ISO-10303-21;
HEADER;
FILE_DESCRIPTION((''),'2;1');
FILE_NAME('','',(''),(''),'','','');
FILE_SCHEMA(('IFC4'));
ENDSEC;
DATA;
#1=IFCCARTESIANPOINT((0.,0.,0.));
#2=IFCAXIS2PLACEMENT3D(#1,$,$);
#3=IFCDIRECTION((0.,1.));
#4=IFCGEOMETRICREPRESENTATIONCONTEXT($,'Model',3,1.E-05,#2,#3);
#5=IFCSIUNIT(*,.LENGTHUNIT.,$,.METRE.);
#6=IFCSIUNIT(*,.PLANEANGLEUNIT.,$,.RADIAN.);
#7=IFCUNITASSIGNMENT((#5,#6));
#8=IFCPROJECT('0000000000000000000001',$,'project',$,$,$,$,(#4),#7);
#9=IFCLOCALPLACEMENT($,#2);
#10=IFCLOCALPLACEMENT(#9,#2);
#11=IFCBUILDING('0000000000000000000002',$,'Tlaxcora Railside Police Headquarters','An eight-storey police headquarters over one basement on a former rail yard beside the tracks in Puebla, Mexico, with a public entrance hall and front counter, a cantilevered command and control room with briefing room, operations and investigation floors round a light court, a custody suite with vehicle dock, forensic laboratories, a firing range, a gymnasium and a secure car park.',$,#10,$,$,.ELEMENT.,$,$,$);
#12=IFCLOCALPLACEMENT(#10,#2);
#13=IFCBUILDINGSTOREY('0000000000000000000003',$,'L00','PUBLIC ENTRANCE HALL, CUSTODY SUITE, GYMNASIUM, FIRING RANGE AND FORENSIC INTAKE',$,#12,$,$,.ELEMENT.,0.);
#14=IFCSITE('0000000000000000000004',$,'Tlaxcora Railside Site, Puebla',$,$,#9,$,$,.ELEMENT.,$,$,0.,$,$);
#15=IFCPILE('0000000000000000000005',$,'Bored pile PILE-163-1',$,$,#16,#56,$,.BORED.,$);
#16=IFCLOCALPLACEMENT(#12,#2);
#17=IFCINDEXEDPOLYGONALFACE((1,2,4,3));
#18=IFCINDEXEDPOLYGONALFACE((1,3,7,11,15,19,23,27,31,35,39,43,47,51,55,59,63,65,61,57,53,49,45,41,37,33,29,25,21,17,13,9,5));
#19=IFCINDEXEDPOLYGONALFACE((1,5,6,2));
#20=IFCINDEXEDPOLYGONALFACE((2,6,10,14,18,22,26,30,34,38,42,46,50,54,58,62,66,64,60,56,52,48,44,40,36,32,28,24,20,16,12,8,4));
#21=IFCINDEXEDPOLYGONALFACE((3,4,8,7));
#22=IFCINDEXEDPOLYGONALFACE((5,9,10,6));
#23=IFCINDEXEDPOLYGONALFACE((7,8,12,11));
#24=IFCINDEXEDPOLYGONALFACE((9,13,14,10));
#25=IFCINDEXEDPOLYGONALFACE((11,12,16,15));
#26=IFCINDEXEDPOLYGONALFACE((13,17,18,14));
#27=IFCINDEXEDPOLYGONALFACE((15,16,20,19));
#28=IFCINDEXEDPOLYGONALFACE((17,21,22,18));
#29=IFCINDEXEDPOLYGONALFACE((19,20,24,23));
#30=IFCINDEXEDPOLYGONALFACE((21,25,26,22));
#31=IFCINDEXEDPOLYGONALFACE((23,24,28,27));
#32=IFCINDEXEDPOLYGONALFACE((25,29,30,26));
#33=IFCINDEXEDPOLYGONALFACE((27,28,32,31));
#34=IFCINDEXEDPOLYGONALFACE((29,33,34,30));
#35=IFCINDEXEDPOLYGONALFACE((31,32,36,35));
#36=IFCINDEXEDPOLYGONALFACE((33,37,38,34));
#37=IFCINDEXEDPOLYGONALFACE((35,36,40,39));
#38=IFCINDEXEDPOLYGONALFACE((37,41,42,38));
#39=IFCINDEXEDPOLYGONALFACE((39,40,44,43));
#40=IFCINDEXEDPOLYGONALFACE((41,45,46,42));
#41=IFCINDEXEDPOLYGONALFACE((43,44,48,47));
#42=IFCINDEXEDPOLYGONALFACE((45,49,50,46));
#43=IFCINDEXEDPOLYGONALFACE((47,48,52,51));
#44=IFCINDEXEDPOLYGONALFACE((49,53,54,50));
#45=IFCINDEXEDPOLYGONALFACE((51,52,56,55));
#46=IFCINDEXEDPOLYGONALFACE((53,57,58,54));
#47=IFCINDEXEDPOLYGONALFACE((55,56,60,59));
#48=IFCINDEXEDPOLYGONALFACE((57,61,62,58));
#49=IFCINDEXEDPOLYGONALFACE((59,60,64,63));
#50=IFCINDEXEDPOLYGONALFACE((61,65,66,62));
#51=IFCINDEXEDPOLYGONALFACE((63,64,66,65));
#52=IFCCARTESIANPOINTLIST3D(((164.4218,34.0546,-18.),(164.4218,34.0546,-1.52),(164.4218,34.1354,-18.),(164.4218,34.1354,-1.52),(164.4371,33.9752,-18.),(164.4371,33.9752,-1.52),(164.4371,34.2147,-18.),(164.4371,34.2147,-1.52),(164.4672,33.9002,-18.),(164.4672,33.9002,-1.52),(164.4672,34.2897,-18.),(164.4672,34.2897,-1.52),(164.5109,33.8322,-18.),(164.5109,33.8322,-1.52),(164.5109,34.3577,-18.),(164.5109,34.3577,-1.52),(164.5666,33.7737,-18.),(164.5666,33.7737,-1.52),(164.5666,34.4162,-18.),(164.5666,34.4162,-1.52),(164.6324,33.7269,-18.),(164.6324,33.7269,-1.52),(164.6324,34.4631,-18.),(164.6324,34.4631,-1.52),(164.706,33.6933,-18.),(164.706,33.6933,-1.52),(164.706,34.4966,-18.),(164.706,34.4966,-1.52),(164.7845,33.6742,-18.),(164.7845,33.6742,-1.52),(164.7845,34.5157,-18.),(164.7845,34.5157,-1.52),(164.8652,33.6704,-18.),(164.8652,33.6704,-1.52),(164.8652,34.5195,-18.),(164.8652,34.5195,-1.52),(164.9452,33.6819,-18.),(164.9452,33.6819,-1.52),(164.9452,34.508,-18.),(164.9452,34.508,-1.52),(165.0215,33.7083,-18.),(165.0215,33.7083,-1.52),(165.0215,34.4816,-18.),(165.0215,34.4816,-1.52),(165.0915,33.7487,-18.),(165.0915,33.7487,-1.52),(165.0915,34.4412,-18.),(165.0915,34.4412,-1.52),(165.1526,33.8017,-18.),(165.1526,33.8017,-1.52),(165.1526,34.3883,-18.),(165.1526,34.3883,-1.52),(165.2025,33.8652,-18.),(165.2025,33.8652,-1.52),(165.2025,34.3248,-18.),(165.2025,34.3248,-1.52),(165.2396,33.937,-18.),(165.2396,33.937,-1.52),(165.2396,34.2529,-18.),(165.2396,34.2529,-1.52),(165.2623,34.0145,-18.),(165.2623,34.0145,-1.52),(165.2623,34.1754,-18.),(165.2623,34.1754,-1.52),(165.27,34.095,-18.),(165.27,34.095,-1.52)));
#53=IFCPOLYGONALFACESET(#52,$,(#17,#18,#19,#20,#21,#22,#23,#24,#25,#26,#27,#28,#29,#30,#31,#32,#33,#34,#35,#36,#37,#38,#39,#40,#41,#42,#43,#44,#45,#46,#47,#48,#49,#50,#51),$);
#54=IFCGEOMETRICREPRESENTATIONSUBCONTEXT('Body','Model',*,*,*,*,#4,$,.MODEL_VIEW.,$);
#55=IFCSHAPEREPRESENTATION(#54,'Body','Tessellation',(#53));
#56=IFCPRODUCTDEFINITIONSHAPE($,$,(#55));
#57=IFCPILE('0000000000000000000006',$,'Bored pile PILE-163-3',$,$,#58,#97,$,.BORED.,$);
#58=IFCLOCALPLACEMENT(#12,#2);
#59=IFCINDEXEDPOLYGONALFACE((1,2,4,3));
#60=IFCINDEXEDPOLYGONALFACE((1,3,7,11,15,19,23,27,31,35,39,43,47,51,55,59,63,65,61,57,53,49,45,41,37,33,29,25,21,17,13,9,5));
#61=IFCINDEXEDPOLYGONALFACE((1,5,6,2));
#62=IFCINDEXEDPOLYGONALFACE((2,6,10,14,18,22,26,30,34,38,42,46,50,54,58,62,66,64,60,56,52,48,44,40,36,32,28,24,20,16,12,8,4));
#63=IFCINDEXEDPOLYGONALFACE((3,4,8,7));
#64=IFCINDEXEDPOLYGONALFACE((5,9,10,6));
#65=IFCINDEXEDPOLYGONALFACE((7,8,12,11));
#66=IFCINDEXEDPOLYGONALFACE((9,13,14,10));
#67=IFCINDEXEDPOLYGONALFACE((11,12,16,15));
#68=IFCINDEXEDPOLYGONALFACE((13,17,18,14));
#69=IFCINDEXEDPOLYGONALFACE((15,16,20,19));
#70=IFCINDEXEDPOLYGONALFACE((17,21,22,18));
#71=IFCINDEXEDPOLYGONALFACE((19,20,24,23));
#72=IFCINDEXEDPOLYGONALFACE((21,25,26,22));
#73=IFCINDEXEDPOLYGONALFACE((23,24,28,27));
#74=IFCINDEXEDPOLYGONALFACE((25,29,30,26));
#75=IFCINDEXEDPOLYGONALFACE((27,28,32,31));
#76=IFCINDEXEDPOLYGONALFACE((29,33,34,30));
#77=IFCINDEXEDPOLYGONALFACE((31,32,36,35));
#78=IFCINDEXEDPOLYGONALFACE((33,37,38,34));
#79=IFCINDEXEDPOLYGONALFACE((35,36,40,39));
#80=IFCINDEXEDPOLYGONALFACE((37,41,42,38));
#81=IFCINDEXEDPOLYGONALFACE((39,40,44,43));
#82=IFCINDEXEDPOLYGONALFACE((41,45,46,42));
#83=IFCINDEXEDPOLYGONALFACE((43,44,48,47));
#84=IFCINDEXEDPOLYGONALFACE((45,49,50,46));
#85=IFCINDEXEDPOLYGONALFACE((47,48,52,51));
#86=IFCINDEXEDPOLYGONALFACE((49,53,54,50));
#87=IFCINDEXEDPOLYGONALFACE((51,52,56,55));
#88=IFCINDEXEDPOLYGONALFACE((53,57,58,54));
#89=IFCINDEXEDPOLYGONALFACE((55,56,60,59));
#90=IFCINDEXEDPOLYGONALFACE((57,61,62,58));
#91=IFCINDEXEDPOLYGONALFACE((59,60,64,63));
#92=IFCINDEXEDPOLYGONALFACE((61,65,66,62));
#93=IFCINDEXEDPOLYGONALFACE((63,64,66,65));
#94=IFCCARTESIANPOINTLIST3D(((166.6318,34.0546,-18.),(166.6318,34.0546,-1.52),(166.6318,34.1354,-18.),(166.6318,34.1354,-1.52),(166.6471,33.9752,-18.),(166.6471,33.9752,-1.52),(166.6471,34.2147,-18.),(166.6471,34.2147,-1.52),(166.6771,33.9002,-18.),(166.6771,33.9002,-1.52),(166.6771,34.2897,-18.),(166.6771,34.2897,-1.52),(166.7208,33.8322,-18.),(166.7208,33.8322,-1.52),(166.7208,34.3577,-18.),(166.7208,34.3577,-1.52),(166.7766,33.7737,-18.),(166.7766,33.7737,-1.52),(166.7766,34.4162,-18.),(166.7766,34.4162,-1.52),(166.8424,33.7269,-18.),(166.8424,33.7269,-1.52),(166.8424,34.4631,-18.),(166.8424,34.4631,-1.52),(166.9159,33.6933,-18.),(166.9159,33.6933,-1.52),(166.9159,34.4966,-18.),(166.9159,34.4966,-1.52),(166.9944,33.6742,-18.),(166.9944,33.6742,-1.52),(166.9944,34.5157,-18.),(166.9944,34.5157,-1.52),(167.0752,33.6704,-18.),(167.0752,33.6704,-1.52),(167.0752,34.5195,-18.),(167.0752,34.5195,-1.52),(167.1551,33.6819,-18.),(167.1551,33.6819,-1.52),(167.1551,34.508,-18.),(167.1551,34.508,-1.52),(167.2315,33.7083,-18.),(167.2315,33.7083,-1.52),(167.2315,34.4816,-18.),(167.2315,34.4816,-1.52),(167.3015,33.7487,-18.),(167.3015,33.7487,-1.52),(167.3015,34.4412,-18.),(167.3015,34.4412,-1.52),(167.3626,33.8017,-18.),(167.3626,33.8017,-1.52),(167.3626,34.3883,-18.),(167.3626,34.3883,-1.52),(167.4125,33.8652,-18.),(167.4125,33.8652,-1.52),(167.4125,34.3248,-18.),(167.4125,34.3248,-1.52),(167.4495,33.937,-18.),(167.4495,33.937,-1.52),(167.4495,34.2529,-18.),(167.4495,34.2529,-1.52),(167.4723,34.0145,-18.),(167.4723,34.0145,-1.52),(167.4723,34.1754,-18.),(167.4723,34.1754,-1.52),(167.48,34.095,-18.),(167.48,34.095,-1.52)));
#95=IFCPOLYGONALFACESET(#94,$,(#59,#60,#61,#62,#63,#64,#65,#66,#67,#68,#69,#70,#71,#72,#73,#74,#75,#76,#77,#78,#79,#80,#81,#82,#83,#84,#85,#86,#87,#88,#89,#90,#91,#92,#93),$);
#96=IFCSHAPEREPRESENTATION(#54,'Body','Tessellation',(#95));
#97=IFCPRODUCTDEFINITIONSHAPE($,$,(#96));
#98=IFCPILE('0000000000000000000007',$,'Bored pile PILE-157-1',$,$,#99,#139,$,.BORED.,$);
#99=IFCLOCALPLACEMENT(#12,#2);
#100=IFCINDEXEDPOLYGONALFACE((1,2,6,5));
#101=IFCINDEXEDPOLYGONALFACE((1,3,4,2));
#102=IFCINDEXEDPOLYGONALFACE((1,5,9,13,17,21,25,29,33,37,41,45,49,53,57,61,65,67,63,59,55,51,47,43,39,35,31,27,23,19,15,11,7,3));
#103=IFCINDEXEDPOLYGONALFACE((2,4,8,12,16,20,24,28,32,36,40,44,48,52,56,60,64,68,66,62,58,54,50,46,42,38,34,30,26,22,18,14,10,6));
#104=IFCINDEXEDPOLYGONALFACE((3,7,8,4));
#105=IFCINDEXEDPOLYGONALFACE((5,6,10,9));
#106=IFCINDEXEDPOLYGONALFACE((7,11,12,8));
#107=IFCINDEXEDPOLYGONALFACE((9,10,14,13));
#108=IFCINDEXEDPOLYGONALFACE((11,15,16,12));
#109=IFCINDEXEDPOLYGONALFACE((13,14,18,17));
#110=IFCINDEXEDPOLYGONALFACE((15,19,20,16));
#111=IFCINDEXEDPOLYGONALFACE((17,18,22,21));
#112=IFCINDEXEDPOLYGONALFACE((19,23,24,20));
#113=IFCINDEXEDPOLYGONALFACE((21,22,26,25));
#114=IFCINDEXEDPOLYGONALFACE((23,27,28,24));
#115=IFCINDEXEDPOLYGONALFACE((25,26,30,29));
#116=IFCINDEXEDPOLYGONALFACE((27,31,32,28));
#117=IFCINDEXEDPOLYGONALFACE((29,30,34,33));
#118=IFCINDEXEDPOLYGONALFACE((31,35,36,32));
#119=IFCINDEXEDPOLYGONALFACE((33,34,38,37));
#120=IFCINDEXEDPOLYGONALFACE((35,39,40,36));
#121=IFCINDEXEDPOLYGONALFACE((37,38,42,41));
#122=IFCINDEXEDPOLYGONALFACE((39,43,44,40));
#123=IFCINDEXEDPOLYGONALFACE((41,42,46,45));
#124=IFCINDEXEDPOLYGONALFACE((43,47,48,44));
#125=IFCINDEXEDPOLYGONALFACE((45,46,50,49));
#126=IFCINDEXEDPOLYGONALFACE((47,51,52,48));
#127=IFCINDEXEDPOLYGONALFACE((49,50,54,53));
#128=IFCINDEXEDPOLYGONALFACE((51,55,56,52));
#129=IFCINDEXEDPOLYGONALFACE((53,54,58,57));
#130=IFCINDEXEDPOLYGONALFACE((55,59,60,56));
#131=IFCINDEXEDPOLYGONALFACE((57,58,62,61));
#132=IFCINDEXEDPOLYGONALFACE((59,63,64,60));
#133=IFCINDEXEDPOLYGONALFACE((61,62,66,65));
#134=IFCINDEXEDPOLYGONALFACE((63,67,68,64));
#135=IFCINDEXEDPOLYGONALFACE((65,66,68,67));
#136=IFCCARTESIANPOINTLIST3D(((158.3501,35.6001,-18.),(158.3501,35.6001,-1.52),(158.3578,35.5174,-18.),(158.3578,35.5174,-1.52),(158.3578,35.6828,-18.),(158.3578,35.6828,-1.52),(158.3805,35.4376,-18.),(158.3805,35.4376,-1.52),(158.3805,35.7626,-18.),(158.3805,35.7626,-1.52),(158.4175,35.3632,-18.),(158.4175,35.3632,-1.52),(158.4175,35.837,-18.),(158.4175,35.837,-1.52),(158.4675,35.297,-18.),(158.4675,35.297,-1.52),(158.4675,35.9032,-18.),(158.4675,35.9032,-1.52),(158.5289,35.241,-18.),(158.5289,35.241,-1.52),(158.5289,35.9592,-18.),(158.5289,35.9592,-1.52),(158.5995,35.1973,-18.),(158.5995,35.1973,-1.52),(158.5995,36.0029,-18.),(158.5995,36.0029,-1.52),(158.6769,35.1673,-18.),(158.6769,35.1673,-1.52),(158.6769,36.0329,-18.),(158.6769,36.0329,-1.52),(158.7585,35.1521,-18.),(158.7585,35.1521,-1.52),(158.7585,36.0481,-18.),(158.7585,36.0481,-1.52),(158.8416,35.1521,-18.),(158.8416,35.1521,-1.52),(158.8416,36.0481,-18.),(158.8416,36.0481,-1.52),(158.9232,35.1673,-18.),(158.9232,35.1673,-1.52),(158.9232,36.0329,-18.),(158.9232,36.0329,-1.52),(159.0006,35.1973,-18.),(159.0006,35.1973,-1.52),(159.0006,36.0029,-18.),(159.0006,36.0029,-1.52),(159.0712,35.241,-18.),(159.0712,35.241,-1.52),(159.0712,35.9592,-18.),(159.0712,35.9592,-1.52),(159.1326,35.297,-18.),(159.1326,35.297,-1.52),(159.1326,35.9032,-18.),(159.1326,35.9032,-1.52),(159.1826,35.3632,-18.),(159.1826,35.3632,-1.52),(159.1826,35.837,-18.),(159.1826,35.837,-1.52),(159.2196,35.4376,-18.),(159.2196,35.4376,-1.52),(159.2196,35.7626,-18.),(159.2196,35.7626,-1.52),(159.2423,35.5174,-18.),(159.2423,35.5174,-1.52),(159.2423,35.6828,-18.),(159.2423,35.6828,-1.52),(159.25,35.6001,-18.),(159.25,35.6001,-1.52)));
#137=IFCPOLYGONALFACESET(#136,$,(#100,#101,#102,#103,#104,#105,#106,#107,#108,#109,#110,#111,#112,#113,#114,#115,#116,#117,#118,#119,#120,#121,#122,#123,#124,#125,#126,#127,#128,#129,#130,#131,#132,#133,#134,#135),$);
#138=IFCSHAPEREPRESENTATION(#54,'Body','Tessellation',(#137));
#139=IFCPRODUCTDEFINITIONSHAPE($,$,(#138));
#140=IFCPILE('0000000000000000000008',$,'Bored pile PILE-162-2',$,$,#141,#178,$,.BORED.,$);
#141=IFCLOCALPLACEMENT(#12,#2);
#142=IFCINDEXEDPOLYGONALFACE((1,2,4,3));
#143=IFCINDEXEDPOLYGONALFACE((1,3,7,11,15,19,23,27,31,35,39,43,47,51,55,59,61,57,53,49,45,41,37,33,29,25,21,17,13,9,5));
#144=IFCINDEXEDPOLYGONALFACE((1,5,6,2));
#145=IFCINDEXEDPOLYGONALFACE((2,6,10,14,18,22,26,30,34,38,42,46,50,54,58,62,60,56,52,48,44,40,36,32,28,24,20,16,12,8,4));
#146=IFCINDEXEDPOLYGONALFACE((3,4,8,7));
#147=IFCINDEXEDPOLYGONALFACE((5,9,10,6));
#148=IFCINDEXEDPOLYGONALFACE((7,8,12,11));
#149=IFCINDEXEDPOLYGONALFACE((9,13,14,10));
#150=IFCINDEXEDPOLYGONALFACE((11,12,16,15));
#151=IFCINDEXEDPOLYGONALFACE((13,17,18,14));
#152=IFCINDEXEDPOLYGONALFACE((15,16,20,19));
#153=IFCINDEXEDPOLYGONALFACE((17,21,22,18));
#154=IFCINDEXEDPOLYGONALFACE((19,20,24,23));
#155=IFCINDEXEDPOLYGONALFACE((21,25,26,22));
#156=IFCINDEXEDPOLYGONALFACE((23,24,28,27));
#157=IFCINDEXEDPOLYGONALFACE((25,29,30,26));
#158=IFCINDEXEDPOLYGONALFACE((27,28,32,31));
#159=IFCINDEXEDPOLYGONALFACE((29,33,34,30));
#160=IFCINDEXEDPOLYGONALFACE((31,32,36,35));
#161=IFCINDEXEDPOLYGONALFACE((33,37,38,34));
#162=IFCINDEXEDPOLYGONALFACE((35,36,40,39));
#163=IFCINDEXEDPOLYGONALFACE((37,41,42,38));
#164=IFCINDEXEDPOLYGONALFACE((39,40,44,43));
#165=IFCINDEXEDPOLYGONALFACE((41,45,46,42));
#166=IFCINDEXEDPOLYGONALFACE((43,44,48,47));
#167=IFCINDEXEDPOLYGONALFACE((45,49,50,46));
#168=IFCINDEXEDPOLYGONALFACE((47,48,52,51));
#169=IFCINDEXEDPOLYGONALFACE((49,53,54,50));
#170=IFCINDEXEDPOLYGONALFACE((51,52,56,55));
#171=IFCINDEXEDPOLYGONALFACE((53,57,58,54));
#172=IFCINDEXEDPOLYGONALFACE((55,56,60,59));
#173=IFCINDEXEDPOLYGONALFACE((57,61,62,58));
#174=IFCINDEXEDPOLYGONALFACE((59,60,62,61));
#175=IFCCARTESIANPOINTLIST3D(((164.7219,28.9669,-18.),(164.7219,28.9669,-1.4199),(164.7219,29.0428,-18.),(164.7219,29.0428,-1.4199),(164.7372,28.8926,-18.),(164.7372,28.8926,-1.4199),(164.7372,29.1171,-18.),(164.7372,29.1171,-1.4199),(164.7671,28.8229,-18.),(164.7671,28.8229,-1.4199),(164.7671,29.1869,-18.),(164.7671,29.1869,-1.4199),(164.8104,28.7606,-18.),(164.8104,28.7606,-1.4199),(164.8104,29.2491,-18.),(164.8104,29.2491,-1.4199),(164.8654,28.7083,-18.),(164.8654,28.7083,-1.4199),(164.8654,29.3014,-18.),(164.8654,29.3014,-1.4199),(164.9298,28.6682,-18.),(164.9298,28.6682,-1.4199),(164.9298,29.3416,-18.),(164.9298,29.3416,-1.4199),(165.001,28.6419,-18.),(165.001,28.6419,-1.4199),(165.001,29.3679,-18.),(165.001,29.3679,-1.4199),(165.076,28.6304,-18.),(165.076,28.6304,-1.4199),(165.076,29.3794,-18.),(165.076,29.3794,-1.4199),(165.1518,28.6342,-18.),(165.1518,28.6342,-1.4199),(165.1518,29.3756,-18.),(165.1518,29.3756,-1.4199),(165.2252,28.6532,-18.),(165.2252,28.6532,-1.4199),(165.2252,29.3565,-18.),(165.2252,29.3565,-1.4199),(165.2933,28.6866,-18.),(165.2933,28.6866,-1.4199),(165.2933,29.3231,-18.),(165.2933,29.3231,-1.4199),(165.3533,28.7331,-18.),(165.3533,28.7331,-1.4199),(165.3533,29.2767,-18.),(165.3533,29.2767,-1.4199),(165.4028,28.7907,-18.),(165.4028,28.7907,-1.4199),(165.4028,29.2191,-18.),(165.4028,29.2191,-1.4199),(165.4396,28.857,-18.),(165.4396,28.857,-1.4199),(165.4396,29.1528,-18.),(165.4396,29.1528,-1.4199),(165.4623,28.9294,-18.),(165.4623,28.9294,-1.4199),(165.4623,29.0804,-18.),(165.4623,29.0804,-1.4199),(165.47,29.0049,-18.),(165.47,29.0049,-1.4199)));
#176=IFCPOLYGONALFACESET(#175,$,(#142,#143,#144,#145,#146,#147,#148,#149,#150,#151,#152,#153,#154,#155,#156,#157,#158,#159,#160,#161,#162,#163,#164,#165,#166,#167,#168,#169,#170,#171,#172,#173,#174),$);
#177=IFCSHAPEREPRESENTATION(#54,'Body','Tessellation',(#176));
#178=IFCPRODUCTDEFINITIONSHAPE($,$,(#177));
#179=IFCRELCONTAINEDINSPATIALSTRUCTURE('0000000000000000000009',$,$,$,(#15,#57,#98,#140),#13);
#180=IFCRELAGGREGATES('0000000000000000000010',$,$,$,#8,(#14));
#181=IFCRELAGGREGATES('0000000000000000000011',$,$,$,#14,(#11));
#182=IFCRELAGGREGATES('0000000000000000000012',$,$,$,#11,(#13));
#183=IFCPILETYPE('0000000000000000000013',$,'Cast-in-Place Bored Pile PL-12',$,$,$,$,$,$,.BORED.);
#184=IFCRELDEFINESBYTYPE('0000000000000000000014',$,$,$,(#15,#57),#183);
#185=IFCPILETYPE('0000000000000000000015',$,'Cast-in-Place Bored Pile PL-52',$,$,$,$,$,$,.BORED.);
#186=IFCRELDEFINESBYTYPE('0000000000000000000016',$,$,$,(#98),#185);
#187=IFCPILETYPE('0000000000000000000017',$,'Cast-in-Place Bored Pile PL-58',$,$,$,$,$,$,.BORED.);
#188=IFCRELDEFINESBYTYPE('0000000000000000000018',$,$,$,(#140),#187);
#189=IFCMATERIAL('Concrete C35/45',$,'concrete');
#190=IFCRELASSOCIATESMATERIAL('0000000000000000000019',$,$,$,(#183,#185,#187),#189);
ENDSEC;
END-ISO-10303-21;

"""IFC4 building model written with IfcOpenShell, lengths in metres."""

from ifc_helpers import new_model, si_unit, direction, frame, origin, origin_2d, place, context, subcontext, project, spatial, circle, extrude, material, material_profile, profile_set, type_object, element, save


model = new_model("IFC4")

# Units and contexts
model_context = context("Model", 3, precision=1e-05, world=origin(), true_north=direction((0.0, 1.0)))
body_context = subcontext(model_context, "Body", "Model", "MODEL_VIEW")
ifc_project = project(units=[si_unit("LENGTHUNIT", "METRE"), si_unit("PLANEANGLEUNIT", "RADIAN")], contexts=[model_context])

# Site, building, storey
site_placement = place(None, origin())
site = spatial("IfcSite", under=ifc_project, at=site_placement, Name="Tlaxcora Railside Site, Puebla", CompositionType="ELEMENT", RefElevation=0.0)
building_placement = place(site_placement, origin())
building = spatial("IfcBuilding", under=site, at=building_placement, Name="Tlaxcora Railside Police Headquarters", Description="An eight-storey police headquarters over one basement on a former rail yard beside the tracks in Puebla, Mexico, with a public entrance hall and front counter, a cantilevered command and control room with briefing room, operations and investigation floors round a light court, a custody suite with vehicle dock, forensic laboratories, a firing range, a gymnasium and a secure car park.", CompositionType="ELEMENT")
storey_placement = place(building_placement, origin())
storey = spatial("IfcBuildingStorey", under=building, at=storey_placement, Name="L00", Description="PUBLIC ENTRANCE HALL, CUSTODY SUITE, GYMNASIUM, FIRING RANGE AND FORENSIC INTAKE", CompositionType="ELEMENT", Elevation=0.0)

# Piles
ifc_material_1 = material(Name="Concrete C35/45", Category="concrete")
ifc_material_profile_1 = material_profile(ifc_material_1, circle(Radius=0.425, at=origin_2d()), Name="PILE850")
ifc_profile_set_1 = profile_set([ifc_material_profile_1], Name="Concrete C35/45")
pile_type_1 = type_object("IfcPileType", Name="Cast-in-Place Bored Pile PL-12", PredefinedType="BORED", material=ifc_profile_set_1)
for number, where, z_axis, x_axis, name in (
    (1, (164.845, 34.095, -1.52), (0.0, 0.0, -1.0), (1.0, 0.0, 0.0), "Bored pile PILE-163-1"),
    (2, (167.0549, 34.095, -1.52), (0.0, 0.0, -1.0), (1.0, 0.0, 0.0), "Bored pile PILE-163-3"),
):
    element("IfcPile", number, at=place(storey_placement, frame(where, z_axis=z_axis, x_axis=x_axis)), inside=storey, type_object=pile_type_1, Name=name, PredefinedType="BORED", context=body_context, shape_type="SweptSolid", body=[
        extrude(circle(Radius=0.425, at=origin_2d()), origin(), (0.0, 0.0, 1.0), 16.48),
    ])
ifc_material_profile_2 = material_profile(ifc_material_1, circle(Radius=0.45, at=origin_2d()), Name="PILE900")
ifc_profile_set_2 = profile_set([ifc_material_profile_2], Name="Concrete C35/45")
pile_type_2 = type_object("IfcPileType", Name="Cast-in-Place Bored Pile PL-52", PredefinedType="BORED", material=ifc_profile_set_2)
pile_placement = place(storey_placement, frame((158.8, 35.6001, -1.52), z_axis=(0.0, 0.0, -1.0), x_axis=(1.0, 0.0, 0.0)))
element("IfcPile", 3, at=pile_placement, inside=storey, type_object=pile_type_2, Name="Bored pile PILE-157-1", PredefinedType="BORED", context=body_context, shape_type="SweptSolid", body=[
    extrude(circle(Radius=0.45, at=origin_2d()), origin(), (0.0, 0.0, 1.0), 16.48),
])
ifc_material_profile_3 = material_profile(ifc_material_1, circle(Radius=0.375, at=origin_2d()), Name="PILE750")
ifc_profile_set_3 = profile_set([ifc_material_profile_3], Name="Concrete C35/45")
pile_type_3 = type_object("IfcPileType", Name="Cast-in-Place Bored Pile PL-58", PredefinedType="BORED", material=ifc_profile_set_3)
for number, where, z_axis, x_axis, name in (
    (4, (165.095, 29.0049, -1.4199), (0.0, 0.0, -1.0), (1.0, 0.0, 0.0), "Bored pile PILE-162-2"),
):
    element("IfcPile", number, at=place(storey_placement, frame(where, z_axis=z_axis, x_axis=x_axis)), inside=storey, type_object=pile_type_3, Name=name, PredefinedType="BORED", context=body_context, shape_type="SweptSolid", body=[
        extrude(circle(Radius=0.375, at=origin_2d()), origin(), (0.0, 0.0, 1.0), 16.5801),
    ])

save(model, "model.ifc")
